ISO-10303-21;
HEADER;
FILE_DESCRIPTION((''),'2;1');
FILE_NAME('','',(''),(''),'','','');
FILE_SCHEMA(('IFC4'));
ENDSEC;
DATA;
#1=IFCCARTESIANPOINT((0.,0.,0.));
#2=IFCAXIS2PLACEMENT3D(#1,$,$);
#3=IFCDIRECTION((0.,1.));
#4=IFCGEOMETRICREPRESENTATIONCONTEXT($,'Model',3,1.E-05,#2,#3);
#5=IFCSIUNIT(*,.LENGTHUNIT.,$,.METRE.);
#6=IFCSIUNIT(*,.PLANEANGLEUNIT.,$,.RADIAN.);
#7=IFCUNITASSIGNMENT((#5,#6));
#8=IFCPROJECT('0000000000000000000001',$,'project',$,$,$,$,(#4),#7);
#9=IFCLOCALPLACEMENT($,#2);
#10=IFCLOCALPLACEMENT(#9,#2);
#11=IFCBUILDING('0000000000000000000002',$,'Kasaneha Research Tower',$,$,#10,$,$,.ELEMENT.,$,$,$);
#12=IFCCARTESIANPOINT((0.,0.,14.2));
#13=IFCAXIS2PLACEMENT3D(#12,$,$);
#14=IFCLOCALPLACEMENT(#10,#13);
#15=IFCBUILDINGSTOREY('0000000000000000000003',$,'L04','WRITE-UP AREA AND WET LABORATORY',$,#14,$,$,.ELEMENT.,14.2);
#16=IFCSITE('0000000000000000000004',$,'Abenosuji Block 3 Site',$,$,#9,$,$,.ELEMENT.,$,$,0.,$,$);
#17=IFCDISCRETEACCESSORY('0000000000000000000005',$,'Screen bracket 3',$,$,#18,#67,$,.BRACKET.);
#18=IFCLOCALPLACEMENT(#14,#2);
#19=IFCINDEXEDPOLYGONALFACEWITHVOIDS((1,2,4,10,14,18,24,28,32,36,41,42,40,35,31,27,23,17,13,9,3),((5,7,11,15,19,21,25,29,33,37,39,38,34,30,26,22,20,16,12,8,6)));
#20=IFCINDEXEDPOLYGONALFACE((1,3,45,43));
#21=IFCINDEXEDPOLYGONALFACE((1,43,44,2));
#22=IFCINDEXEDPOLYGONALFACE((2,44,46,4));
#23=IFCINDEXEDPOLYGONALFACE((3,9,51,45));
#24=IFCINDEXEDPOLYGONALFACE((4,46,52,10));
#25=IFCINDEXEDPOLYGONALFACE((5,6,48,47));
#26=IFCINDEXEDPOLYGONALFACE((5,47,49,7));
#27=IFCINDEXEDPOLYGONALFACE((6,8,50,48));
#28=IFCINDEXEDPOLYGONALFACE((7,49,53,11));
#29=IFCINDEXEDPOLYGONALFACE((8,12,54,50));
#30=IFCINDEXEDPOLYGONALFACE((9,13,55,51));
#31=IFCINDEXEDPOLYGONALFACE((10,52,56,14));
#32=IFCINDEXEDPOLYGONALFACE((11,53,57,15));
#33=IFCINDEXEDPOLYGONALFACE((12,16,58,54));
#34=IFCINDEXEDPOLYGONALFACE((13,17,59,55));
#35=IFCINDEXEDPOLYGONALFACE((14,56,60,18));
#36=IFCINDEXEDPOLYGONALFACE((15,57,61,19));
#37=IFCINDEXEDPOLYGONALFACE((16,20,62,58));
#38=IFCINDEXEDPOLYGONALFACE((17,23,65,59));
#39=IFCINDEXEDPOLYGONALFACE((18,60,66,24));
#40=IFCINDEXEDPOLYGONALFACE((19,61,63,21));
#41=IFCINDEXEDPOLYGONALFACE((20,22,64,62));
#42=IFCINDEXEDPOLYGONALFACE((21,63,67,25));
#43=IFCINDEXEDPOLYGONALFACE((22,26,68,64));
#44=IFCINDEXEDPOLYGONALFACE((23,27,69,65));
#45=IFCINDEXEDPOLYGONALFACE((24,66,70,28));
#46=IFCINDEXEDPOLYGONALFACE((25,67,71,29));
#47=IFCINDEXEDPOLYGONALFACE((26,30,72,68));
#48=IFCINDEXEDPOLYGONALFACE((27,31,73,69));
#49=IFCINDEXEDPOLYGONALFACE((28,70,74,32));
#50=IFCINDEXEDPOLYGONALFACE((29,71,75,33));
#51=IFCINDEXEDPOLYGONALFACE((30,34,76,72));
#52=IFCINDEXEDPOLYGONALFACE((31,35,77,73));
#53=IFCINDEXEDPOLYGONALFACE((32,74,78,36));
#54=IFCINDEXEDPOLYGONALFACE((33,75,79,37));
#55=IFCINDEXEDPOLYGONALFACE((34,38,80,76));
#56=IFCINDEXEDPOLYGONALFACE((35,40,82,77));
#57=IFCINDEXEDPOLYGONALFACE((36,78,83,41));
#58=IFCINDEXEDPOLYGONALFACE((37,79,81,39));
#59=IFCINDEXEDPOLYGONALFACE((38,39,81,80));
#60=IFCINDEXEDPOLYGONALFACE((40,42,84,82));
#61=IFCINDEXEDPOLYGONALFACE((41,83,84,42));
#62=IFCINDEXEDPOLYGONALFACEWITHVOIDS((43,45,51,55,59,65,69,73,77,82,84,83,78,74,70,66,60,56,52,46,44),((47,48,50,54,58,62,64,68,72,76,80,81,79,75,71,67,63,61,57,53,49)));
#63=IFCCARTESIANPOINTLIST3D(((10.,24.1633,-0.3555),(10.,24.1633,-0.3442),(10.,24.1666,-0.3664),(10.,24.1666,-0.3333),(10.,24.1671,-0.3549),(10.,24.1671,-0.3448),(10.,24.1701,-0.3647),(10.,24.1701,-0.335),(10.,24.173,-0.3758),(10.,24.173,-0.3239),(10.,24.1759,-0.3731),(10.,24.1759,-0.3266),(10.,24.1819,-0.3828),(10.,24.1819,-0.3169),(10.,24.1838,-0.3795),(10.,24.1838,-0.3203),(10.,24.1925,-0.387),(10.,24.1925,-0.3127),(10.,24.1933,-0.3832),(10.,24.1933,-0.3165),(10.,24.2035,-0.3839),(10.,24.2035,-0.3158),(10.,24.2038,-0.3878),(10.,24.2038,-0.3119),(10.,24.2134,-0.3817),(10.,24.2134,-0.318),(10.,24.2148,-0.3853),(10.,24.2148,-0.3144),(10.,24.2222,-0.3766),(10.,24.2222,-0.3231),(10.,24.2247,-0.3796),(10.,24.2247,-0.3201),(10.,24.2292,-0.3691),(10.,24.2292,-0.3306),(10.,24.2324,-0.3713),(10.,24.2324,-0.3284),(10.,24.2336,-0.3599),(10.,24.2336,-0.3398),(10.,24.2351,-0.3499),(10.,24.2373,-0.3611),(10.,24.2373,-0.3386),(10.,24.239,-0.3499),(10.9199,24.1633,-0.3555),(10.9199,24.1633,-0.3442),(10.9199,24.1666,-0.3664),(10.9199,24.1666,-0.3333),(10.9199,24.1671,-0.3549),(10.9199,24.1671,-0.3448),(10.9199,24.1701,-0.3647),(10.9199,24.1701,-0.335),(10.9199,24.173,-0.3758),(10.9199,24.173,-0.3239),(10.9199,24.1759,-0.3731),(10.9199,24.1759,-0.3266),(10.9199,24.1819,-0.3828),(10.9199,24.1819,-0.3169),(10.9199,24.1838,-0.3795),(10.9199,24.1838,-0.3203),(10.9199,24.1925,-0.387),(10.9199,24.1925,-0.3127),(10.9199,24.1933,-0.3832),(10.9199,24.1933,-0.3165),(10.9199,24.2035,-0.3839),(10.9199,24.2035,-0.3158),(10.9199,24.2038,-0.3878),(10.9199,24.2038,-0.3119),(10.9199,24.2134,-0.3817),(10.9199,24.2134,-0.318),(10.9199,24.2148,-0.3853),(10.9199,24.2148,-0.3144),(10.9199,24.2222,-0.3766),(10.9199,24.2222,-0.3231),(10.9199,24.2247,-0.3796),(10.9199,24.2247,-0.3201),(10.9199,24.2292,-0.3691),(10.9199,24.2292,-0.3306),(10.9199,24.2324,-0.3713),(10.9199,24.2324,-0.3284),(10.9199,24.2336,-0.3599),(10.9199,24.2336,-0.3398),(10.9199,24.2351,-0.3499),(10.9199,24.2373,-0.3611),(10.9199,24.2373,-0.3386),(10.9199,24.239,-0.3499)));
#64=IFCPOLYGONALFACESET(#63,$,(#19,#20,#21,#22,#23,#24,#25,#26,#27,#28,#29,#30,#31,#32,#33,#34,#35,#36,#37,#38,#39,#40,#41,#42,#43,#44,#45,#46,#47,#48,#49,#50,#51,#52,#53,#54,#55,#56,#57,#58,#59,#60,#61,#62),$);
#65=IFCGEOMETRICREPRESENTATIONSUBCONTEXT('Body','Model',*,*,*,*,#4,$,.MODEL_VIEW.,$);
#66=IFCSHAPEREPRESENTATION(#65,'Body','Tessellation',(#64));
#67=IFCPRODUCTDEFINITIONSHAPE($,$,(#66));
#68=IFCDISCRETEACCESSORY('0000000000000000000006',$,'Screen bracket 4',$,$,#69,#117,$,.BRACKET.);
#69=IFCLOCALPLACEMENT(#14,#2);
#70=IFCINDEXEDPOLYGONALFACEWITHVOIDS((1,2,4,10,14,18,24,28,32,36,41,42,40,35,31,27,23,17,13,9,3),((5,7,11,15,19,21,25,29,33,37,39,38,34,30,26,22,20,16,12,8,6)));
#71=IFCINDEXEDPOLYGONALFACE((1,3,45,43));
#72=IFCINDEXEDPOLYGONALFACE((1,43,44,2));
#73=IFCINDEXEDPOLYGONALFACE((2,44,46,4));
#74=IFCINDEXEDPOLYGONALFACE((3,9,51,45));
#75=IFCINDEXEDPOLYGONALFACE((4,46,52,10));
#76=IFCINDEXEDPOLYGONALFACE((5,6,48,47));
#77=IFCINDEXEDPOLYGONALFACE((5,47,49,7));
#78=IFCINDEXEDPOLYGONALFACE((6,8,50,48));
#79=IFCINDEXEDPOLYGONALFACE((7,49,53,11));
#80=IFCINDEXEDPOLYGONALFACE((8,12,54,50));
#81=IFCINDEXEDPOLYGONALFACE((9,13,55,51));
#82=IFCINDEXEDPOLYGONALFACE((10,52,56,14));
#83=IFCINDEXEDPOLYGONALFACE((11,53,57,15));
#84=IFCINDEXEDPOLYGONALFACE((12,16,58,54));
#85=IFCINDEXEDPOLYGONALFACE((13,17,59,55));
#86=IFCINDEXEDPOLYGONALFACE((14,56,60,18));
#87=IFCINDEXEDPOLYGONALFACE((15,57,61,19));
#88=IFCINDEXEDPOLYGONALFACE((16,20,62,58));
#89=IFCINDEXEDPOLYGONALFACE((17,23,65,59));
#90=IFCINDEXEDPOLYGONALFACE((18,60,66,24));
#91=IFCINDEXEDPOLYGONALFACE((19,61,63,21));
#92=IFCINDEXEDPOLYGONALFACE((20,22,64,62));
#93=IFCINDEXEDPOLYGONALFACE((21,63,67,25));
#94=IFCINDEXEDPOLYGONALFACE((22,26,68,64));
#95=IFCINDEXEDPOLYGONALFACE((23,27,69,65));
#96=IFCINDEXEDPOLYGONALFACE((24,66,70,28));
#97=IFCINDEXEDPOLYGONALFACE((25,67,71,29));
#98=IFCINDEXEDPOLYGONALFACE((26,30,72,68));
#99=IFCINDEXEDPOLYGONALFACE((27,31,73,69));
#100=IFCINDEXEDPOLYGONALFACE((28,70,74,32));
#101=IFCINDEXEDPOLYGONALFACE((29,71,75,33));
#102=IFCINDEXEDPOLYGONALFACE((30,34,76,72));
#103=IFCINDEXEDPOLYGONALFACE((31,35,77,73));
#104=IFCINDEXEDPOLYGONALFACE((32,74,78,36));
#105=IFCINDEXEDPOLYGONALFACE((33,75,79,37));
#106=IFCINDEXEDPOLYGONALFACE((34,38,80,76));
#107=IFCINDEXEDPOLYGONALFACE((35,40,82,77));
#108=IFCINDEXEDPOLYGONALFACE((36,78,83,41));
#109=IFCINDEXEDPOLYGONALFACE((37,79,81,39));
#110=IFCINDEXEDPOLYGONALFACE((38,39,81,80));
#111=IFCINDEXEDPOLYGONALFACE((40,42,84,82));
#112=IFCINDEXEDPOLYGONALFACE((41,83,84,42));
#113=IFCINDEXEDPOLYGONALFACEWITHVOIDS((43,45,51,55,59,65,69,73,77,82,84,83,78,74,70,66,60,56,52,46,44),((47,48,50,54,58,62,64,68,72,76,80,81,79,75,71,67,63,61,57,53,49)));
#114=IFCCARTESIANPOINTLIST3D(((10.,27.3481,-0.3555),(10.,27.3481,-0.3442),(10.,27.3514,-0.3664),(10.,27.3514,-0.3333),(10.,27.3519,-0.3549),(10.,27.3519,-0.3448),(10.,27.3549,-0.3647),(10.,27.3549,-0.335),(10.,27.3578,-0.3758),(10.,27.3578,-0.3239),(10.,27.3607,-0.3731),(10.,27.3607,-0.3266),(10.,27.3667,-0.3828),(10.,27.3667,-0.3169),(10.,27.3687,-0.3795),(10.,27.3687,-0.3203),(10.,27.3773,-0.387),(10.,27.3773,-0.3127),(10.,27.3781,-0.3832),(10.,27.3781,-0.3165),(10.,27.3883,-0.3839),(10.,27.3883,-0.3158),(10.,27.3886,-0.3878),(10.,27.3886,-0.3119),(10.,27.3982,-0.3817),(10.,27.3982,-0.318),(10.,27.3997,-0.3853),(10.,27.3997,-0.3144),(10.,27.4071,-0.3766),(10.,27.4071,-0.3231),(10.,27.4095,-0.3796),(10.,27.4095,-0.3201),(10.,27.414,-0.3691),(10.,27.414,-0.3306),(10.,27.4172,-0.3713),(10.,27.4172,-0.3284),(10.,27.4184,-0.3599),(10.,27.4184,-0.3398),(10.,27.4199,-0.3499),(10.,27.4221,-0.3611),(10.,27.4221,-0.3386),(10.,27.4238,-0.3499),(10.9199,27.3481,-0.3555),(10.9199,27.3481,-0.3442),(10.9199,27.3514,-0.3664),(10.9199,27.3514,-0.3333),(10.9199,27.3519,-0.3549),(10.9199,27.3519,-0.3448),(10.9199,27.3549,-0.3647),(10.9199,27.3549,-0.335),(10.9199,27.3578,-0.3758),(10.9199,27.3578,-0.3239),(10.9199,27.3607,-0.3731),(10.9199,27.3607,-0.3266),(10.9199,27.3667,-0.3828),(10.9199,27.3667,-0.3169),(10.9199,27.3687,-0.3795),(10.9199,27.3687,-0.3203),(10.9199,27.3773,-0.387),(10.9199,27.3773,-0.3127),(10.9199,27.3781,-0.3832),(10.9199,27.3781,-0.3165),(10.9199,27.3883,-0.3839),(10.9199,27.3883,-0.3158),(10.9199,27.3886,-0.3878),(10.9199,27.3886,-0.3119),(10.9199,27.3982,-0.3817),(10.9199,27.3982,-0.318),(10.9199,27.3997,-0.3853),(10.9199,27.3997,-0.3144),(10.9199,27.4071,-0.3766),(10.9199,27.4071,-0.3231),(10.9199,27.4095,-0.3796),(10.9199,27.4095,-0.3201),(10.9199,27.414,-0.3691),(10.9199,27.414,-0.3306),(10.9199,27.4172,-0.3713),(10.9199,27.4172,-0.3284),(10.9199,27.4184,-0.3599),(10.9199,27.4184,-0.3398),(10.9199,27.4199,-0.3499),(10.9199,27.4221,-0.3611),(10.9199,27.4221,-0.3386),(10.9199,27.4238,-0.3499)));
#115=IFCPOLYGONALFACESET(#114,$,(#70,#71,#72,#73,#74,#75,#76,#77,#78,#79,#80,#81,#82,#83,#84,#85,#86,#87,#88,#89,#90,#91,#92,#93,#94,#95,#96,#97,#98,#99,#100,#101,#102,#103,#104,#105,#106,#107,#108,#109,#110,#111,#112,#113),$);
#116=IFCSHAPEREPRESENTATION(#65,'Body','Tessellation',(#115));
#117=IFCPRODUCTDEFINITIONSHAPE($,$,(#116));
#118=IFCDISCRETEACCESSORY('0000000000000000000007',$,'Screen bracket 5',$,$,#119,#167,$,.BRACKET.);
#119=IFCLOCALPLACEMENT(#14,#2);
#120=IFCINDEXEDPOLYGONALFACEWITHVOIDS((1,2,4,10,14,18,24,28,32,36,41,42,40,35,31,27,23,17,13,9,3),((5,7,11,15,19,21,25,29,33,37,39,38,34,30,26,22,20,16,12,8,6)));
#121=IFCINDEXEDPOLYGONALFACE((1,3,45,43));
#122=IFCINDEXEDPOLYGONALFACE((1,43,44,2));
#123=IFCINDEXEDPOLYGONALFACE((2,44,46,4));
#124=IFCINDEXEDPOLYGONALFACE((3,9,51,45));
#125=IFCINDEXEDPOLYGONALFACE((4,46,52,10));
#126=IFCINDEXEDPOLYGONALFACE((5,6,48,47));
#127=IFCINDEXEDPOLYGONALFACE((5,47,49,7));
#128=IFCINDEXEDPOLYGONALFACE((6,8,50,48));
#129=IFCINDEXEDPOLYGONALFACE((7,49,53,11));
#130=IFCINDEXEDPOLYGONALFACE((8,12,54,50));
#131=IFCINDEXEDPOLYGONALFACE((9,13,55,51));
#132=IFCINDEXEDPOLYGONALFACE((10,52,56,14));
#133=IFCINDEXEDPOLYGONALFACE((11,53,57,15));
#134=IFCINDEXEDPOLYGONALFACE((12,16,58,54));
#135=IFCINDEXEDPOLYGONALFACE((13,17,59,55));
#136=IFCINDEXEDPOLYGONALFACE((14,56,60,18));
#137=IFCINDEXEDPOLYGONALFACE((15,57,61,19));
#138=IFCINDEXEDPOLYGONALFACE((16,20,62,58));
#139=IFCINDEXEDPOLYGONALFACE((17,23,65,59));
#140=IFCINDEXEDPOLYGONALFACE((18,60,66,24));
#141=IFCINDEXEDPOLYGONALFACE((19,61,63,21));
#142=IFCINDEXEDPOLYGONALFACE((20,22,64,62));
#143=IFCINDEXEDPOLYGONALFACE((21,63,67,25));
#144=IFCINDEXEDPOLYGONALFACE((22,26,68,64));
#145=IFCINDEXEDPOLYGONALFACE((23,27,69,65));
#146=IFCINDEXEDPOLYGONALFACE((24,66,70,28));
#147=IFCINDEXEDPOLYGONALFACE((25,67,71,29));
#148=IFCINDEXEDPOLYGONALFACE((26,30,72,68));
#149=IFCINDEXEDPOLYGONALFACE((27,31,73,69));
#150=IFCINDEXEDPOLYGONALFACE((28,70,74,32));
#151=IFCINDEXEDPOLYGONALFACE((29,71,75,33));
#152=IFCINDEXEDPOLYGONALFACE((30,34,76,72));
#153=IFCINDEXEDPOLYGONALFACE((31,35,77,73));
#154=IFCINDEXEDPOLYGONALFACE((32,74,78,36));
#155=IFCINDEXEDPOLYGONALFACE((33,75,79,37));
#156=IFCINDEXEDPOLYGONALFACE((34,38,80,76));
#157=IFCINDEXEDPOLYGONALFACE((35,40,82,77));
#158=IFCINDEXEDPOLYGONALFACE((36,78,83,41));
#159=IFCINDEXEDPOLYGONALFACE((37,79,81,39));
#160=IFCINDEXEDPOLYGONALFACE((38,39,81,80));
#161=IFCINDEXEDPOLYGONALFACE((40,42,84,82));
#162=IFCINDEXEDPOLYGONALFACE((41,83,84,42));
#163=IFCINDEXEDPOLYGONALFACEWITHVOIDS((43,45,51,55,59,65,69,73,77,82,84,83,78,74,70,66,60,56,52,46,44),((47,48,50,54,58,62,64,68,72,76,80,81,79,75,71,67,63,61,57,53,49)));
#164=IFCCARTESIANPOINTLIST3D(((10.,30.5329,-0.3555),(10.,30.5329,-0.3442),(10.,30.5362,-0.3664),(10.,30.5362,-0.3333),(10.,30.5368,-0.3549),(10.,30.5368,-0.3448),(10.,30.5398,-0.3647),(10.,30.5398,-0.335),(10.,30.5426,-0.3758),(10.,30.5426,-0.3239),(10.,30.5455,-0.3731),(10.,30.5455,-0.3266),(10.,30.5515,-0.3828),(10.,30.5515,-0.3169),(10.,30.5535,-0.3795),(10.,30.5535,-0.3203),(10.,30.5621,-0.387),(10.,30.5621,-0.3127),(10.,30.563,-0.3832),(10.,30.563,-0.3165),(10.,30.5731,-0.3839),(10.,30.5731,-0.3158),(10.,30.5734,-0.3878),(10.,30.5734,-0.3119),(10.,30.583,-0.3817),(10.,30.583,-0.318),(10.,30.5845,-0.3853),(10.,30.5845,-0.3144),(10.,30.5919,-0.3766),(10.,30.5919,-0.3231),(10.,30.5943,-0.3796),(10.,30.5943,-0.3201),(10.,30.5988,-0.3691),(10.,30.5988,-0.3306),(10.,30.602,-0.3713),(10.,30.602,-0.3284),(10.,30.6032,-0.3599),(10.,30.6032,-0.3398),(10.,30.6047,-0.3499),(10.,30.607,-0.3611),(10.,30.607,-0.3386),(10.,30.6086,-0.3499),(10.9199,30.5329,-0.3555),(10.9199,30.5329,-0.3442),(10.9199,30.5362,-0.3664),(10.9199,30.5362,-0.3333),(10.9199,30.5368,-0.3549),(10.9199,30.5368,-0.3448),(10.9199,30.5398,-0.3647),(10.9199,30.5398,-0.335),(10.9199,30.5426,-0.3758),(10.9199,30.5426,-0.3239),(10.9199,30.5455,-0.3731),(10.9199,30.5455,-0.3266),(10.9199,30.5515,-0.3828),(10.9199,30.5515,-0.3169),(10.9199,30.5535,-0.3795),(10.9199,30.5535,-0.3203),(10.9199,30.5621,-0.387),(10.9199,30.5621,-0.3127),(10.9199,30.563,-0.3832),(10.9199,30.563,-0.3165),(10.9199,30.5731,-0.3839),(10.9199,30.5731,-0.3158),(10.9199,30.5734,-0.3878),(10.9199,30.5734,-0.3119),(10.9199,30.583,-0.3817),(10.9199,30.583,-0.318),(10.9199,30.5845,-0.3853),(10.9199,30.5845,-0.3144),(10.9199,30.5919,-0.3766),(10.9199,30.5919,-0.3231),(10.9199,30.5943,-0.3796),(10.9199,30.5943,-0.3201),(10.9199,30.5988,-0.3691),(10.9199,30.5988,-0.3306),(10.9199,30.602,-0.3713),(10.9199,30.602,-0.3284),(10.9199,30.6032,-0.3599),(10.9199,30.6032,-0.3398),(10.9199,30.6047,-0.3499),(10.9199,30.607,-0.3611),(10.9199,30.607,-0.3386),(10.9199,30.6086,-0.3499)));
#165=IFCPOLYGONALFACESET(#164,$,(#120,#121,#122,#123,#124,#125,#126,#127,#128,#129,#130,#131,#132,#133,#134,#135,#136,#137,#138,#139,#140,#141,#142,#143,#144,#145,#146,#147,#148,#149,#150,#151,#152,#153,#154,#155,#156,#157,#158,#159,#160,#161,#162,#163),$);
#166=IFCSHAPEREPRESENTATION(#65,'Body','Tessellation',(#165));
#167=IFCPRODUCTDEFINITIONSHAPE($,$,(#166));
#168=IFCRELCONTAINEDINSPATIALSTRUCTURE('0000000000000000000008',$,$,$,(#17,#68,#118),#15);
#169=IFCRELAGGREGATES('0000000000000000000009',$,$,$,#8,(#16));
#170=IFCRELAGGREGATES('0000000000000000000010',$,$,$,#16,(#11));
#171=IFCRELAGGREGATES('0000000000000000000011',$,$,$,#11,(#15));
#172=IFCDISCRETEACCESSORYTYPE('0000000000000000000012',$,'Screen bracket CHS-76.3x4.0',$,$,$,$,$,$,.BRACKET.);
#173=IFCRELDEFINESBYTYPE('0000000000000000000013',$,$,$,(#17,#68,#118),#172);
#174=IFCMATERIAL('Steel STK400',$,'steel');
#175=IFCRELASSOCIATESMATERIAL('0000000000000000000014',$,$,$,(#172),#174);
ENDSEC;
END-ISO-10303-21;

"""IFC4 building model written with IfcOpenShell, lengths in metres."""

from ifc_helpers import new_model, si_unit, direction, frame, origin, origin_2d, place, context, subcontext, project, spatial, hollow_circle, extrude, material, material_profile, profile_set, type_object, element, save


model = new_model("IFC4")

# Units and contexts
model_context = context("Model", 3, precision=1e-05, world=origin(), true_north=direction((0.0, 1.0)))
body_context = subcontext(model_context, "Body", "Model", "MODEL_VIEW")
ifc_project = project(units=[si_unit("LENGTHUNIT", "METRE"), si_unit("PLANEANGLEUNIT", "RADIAN")], contexts=[model_context])

# Site, building, storey
site_placement = place(None, origin())
site = spatial("IfcSite", under=ifc_project, at=site_placement, Name="Abenosuji Block 3 Site", CompositionType="ELEMENT", RefElevation=0.0)
building_placement = place(site_placement, origin())
building = spatial("IfcBuilding", under=site, at=building_placement, Name="Kasaneha Research Tower", CompositionType="ELEMENT")
storey_placement = place(building_placement, frame((0.0, 0.0, 14.2)))
storey = spatial("IfcBuildingStorey", under=building, at=storey_placement, Name="L04", Description="WRITE-UP AREA AND WET LABORATORY", CompositionType="ELEMENT", Elevation=14.2)

# Discrete accessories
ifc_material_1 = material(Name="Steel STK400", Category="steel")
ifc_material_profile_1 = material_profile(ifc_material_1, hollow_circle(Radius=0.0381, WallThickness=0.0039, at=origin_2d()), Name="CHS-76.3x4.0")
ifc_profile_set_1 = profile_set([ifc_material_profile_1], Name="Steel STK400")
discrete_accessory_type = type_object("IfcDiscreteAccessoryType", Name="Screen bracket CHS-76.3x4.0", PredefinedType="BRACKET", material=ifc_profile_set_1)
for number, where, z_axis, x_axis, name in (
    (1, (10.0, 24.2009, -0.3499), (1.0, 0.0, 0.0), (0.0, 1.0, 0.0), "Screen bracket 3"),
    (2, (10.0, 27.3857, -0.3499), (1.0, 0.0, 0.0), (0.0, 1.0, 0.0), "Screen bracket 4"),
    (3, (10.0, 30.5706, -0.3499), (1.0, 0.0, 0.0), (0.0, 1.0, 0.0), "Screen bracket 5"),
):
    element("IfcDiscreteAccessory", number, at=place(storey_placement, frame(where, z_axis=z_axis, x_axis=x_axis)), inside=storey, type_object=discrete_accessory_type, Name=name, PredefinedType="BRACKET", context=body_context, shape_type="SweptSolid", body=[
        extrude(hollow_circle(Radius=0.0381, WallThickness=0.0039, at=origin_2d()), origin(), (0.0, 0.0, 1.0), 0.9199),
    ])

save(model, "model.ifc")
